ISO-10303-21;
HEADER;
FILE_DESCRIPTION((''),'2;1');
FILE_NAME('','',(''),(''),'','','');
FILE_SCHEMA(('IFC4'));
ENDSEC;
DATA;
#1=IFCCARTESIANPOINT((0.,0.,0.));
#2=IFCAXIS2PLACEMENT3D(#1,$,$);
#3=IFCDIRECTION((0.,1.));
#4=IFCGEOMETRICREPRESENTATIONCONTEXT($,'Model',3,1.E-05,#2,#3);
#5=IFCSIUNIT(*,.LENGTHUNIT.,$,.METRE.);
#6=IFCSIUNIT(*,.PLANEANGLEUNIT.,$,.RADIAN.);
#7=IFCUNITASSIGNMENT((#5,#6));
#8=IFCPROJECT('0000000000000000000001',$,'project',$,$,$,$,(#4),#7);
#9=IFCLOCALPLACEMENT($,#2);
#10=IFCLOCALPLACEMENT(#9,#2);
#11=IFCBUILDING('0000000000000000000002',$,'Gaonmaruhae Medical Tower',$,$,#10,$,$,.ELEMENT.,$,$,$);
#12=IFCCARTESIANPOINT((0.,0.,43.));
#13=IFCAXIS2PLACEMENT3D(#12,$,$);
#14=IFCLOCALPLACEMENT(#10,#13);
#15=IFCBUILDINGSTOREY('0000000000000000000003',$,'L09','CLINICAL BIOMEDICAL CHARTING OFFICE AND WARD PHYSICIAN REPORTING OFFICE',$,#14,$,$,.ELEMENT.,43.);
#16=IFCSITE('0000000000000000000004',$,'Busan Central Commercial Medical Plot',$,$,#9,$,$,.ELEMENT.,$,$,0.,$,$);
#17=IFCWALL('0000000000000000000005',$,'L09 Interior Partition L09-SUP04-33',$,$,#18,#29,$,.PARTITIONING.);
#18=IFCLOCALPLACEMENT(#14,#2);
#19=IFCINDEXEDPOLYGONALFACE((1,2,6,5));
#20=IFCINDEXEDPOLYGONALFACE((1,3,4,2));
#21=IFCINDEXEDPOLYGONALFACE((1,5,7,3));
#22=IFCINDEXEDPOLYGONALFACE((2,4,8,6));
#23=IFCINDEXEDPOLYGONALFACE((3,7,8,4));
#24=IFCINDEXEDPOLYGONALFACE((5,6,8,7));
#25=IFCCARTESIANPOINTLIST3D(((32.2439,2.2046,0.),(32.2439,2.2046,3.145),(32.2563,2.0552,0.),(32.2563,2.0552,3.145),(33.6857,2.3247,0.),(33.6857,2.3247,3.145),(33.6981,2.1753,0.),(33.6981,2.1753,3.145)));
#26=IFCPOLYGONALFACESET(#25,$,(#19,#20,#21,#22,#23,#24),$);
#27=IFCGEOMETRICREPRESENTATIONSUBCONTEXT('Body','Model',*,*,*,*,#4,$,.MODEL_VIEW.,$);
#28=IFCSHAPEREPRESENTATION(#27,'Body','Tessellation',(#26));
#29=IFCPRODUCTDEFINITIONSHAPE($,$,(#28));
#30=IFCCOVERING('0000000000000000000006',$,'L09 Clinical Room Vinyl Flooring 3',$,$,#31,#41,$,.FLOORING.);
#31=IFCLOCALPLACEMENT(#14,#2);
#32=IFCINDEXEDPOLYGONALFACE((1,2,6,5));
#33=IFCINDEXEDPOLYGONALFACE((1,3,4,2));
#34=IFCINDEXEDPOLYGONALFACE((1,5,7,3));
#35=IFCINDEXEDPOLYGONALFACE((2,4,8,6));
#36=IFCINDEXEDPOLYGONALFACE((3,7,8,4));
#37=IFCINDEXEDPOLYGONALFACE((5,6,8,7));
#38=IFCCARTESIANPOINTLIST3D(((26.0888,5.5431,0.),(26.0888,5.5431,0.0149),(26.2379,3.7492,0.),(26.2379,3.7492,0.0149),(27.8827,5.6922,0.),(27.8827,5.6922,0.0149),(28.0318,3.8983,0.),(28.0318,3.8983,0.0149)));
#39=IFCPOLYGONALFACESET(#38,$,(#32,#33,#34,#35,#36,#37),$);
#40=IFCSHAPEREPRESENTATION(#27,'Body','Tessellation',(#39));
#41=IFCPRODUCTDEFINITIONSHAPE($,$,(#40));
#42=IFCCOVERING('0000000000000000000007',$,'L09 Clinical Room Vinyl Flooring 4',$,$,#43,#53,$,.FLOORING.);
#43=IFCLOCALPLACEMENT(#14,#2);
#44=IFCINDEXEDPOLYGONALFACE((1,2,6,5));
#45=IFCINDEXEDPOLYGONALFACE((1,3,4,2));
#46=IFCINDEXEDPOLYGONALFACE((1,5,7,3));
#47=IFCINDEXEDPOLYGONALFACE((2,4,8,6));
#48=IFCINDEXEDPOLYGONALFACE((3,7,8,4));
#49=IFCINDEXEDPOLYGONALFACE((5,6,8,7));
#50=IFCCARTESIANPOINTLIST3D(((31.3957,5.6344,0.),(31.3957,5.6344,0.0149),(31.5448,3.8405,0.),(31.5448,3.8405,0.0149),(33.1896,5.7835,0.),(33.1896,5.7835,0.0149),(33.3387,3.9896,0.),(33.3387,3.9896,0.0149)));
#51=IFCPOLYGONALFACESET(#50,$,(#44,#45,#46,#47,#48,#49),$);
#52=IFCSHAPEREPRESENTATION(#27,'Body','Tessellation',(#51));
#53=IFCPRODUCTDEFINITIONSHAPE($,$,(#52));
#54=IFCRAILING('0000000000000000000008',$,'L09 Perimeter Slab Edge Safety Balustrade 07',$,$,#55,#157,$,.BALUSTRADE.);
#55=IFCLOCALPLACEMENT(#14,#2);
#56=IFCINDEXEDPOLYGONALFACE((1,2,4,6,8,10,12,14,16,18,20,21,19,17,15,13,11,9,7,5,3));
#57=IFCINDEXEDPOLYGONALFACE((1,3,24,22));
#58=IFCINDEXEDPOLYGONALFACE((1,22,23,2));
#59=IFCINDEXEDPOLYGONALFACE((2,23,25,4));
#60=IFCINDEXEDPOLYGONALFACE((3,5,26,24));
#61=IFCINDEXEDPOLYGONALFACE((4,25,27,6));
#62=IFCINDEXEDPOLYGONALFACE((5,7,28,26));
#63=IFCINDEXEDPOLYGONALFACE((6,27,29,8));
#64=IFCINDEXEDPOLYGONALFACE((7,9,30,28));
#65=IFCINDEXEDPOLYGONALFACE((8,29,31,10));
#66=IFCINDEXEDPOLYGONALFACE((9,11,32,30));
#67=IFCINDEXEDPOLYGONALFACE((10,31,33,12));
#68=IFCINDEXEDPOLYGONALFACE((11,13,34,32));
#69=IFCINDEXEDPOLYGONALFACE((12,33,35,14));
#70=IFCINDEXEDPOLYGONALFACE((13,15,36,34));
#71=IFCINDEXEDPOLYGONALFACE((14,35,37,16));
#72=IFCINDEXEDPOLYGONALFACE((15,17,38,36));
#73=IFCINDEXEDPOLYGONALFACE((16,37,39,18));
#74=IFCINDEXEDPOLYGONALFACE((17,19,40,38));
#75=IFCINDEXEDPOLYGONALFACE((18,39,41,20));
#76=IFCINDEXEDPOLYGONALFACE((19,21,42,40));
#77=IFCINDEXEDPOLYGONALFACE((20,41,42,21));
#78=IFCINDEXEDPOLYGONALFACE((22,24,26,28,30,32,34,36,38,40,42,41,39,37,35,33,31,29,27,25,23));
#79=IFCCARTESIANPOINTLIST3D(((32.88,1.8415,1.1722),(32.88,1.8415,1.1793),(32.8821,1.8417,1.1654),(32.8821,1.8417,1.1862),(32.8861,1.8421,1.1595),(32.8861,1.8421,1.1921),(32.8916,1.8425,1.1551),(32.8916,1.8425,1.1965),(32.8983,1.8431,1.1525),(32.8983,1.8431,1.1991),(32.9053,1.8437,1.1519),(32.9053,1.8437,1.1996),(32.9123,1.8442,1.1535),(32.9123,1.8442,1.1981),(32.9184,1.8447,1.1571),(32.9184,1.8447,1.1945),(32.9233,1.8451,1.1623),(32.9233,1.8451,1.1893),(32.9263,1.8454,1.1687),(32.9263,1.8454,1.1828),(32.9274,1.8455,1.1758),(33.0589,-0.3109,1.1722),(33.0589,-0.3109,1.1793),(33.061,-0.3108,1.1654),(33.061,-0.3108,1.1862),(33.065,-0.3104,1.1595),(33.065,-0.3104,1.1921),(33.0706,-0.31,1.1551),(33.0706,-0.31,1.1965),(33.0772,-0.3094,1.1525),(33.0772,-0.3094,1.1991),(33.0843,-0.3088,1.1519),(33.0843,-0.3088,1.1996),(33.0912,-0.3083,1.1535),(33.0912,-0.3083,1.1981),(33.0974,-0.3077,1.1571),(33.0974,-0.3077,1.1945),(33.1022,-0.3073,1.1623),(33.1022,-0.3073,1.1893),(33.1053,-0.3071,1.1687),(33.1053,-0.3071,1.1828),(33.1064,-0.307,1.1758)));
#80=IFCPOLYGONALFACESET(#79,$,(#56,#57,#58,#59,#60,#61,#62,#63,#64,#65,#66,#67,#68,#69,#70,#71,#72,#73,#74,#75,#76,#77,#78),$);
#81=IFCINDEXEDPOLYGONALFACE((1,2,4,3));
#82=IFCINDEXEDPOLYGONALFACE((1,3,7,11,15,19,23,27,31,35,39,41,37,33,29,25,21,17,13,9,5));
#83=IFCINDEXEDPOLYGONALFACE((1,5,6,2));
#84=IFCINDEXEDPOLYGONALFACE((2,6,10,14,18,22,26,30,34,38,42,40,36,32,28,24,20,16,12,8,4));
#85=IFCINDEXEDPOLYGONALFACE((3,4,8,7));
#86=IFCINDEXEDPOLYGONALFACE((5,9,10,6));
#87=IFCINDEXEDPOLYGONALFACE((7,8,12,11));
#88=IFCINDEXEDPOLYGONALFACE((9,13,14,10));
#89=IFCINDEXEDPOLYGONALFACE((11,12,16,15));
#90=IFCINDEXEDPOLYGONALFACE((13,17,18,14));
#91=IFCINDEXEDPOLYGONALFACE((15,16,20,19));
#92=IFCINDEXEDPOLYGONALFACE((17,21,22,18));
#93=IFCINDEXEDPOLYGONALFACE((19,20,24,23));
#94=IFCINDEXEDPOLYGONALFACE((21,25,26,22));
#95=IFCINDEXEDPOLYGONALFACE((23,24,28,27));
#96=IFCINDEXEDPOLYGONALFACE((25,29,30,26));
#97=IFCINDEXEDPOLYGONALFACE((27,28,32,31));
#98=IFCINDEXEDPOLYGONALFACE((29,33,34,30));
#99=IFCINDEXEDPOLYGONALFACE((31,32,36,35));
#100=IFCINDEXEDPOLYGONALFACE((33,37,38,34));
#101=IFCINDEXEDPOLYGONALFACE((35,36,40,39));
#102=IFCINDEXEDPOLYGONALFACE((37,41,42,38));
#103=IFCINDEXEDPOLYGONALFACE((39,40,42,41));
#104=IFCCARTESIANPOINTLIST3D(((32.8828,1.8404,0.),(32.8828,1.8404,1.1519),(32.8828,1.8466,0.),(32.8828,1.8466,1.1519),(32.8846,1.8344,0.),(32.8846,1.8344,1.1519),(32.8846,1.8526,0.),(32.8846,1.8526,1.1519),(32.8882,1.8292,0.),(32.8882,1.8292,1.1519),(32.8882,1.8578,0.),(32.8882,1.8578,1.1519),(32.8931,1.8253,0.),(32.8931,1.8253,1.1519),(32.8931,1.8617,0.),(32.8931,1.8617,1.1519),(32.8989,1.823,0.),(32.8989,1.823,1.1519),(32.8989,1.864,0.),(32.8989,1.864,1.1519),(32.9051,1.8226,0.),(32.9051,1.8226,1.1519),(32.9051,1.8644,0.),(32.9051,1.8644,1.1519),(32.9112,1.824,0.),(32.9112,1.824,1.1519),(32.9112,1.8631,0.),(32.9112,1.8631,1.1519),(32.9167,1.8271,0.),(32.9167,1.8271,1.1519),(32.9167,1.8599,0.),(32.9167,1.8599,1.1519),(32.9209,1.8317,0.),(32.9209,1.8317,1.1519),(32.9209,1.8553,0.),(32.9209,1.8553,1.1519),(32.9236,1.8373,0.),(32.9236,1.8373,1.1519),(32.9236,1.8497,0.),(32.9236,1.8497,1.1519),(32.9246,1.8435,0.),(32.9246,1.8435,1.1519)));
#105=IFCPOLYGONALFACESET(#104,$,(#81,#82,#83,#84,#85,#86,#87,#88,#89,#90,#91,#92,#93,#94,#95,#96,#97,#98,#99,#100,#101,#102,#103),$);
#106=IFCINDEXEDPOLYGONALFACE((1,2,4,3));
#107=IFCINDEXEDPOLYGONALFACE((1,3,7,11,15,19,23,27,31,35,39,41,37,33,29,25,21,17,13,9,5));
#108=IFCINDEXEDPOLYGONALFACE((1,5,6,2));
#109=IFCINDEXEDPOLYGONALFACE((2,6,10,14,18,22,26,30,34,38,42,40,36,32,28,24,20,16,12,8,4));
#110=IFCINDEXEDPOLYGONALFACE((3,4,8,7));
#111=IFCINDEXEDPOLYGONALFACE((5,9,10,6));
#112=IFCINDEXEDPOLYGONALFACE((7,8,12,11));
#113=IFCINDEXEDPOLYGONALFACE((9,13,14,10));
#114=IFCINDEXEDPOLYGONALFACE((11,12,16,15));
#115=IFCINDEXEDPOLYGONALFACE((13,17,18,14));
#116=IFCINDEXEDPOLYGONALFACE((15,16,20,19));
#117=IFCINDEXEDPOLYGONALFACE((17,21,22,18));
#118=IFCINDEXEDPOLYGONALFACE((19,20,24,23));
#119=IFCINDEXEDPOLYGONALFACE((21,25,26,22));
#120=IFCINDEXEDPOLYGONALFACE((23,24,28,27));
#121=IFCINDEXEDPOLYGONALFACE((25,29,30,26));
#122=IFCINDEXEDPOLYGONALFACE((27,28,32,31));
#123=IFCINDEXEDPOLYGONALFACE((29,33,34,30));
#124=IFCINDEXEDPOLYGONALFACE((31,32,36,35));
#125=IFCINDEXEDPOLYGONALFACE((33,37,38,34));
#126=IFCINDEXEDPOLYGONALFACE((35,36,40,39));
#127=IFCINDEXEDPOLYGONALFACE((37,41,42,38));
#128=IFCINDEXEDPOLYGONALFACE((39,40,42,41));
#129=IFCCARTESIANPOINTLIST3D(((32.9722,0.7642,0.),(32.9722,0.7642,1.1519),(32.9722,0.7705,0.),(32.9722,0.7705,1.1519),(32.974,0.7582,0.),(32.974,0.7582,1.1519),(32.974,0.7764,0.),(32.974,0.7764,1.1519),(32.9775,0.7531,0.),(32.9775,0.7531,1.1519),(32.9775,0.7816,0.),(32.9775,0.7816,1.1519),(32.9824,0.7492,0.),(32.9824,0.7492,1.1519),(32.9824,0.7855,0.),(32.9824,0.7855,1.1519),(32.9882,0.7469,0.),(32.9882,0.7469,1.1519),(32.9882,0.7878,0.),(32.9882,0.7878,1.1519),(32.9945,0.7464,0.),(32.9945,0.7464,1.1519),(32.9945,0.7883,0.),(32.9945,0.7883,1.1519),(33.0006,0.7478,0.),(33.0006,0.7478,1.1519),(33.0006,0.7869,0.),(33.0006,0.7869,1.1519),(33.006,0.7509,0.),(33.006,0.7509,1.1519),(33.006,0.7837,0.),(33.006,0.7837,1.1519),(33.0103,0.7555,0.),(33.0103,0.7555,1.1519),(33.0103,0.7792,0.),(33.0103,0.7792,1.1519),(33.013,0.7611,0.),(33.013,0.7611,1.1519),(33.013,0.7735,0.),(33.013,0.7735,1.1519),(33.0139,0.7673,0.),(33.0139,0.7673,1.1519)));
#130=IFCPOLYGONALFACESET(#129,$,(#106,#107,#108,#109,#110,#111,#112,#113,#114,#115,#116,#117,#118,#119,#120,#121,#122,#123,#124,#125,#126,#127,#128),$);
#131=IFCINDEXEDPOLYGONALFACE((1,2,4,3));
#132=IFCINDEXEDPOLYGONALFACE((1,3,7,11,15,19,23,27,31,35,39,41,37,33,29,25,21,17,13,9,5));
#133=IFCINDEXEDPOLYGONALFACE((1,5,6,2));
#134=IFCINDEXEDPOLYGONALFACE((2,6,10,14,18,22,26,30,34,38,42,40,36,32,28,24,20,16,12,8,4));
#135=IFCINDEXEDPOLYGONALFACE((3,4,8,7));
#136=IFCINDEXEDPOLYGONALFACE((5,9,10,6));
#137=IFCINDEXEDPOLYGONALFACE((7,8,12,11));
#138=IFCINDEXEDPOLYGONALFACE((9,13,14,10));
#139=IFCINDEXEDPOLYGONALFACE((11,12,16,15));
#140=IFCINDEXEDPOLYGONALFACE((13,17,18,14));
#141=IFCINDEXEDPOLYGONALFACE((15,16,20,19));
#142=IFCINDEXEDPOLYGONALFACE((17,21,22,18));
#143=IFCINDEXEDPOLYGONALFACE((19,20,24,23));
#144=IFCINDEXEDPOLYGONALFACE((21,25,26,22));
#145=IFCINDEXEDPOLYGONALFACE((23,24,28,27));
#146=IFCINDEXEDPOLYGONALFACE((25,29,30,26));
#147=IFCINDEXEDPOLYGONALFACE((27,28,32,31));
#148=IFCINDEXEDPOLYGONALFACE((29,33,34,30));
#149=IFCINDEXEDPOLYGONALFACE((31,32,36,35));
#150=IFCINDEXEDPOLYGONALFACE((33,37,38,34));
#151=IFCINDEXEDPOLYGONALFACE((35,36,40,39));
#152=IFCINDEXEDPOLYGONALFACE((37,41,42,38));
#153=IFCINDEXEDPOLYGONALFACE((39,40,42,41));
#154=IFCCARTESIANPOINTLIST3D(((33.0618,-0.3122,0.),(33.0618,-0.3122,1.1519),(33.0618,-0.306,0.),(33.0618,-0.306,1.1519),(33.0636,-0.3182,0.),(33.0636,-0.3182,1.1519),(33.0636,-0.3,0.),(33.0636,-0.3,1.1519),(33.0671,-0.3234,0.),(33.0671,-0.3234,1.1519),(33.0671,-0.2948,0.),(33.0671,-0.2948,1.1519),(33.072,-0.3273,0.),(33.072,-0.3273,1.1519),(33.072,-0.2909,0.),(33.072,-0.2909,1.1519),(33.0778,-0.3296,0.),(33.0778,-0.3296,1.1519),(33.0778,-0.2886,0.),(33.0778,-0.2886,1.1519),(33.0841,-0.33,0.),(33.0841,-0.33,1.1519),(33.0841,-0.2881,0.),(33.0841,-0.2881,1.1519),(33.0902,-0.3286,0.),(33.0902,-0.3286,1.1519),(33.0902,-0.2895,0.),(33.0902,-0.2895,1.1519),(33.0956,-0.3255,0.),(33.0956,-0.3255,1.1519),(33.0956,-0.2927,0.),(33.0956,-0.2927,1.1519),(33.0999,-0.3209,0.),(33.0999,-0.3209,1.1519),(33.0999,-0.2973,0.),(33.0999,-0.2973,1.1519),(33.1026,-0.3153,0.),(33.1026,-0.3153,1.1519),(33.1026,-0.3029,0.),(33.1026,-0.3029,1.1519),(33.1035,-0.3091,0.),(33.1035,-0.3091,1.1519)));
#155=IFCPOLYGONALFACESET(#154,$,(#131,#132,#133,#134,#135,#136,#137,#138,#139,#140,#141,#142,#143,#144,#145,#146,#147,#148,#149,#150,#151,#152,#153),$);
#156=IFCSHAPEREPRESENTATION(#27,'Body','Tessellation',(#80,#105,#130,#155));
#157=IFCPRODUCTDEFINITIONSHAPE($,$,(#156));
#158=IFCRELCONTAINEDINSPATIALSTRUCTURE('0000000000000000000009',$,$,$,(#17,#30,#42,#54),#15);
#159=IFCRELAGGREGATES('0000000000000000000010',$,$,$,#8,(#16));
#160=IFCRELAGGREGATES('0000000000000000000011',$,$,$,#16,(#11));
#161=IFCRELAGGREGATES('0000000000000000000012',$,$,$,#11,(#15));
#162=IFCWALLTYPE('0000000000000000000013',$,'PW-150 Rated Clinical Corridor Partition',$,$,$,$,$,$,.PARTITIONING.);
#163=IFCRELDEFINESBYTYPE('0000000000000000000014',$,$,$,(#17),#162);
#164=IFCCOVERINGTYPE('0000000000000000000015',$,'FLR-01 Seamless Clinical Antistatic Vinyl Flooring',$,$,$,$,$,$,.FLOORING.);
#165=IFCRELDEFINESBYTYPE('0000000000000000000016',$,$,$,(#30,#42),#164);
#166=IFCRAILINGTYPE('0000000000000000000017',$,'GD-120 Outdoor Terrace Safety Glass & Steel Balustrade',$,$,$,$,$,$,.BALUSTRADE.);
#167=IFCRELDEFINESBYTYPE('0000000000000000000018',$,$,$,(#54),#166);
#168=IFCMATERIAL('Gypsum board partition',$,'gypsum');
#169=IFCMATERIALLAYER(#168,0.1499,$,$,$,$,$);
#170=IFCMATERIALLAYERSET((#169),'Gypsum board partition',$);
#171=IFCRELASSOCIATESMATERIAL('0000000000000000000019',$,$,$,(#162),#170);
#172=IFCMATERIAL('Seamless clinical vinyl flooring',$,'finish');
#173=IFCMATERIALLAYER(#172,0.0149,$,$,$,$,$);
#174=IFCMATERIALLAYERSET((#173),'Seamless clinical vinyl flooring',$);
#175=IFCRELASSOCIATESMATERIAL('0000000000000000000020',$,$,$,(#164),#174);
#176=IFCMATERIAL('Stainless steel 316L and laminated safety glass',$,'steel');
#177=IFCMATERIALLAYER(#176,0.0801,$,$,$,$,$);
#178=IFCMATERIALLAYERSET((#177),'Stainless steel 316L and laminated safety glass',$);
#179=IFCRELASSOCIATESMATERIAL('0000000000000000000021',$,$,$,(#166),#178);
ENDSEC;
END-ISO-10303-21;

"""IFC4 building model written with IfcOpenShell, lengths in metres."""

from ifc_helpers import new_model, si_unit, direction, frame, frame_2d, origin, origin_2d, place, context, subcontext, project, spatial, rectangle, circle, extrude, material, layer, layer_set, type_object, element, save


model = new_model("IFC4")

# Units and contexts
model_context = context("Model", 3, precision=1e-05, world=origin(), true_north=direction((0.0, 1.0)))
body_context = subcontext(model_context, "Body", "Model", "MODEL_VIEW")
ifc_project = project(units=[si_unit("LENGTHUNIT", "METRE"), si_unit("PLANEANGLEUNIT", "RADIAN")], contexts=[model_context])

# Site, building, storey
site_placement = place(None, origin())
site = spatial("IfcSite", under=ifc_project, at=site_placement, Name="Busan Central Commercial Medical Plot", CompositionType="ELEMENT", RefElevation=0.0)
building_placement = place(site_placement, origin())
building = spatial("IfcBuilding", under=site, at=building_placement, Name="Gaonmaruhae Medical Tower", CompositionType="ELEMENT")
storey_placement = place(building_placement, frame((0.0, 0.0, 43.0)))
storey = spatial("IfcBuildingStorey", under=building, at=storey_placement, Name="L09", Description="CLINICAL BIOMEDICAL CHARTING OFFICE AND WARD PHYSICIAN REPORTING OFFICE", CompositionType="ELEMENT", Elevation=43.0)

# Shared definitions
ifc_material_1 = material(Name="Gypsum board partition", Category="gypsum")
ifc_layer_1 = layer(ifc_material_1, 0.1499)
ifc_layer_set_1 = layer_set([ifc_layer_1], Name="Gypsum board partition")
wall_type_1 = type_object("IfcWallType", Name="PW-150 Rated Clinical Corridor Partition", PredefinedType="PARTITIONING", material=ifc_layer_set_1)

# Wall
wall_1_placement = place(storey_placement, frame((33.6919, 2.25, 0.0), z_axis=(0.0, 0.0, 1.0), x_axis=(-0.996548, -0.083018, 0.0)))
element("IfcWall", 1, at=wall_1_placement, inside=storey, type_object=wall_type_1, Name="L09 Interior Partition L09-SUP04-33", PredefinedType="PARTITIONING", context=body_context, shape_type="SweptSolid", body=[
    extrude(rectangle(XDim=1.4468, YDim=0.1499, at=frame_2d((0.7234, 0.0))), origin(), (0.0, 0.0, 1.0), 3.145),
])

# Coverings
ifc_material_2 = material(Name="Seamless clinical vinyl flooring", Category="finish")
ifc_layer_2 = layer(ifc_material_2, 0.0149)
ifc_layer_set_2 = layer_set([ifc_layer_2], Name="Seamless clinical vinyl flooring")
covering_type = type_object("IfcCoveringType", Name="FLR-01 Seamless Clinical Antistatic Vinyl Flooring", PredefinedType="FLOORING", material=ifc_layer_set_2)
for number, where, z_axis, x_axis, name in (
    (2, (27.0603, 4.7207, 0.0), (0.0, 0.0, 1.0), (0.996566, 0.082808, 0.0), "L09 Clinical Room Vinyl Flooring 3"),
    (3, (32.3672, 4.812, 0.0), (0.0, 0.0, 1.0), (0.996566, 0.082808, 0.0), "L09 Clinical Room Vinyl Flooring 4"),
):
    element("IfcCovering", number, at=place(storey_placement, frame(where, z_axis=z_axis, x_axis=x_axis)), inside=storey, type_object=covering_type, Name=name, PredefinedType="FLOORING", context=body_context, shape_type="SweptSolid", body=[
        extrude(rectangle(XDim=1.8, YDim=1.8, at=origin_2d()), origin(), (0.0, 0.0, 1.0), 0.0149),
    ])

# Railing
ifc_material_3 = material(Name="Stainless steel 316L and laminated safety glass", Category="steel")
ifc_layer_3 = layer(ifc_material_3, 0.0801)
ifc_layer_set_3 = layer_set([ifc_layer_3], Name="Stainless steel 316L and laminated safety glass")
railing_type = type_object("IfcRailingType", Name="GD-120 Outdoor Terrace Safety Glass & Steel Balustrade", PredefinedType="BALUSTRADE", material=ifc_layer_set_3)
railing_1_placement = place(storey_placement, frame((32.9036, 1.8435, 0.0)))
element("IfcRailing", 4, at=railing_1_placement, inside=storey, type_object=railing_type, Name="L09 Perimeter Slab Edge Safety Balustrade 07", PredefinedType="BALUSTRADE", context=body_context, shape_type="SweptSolid", body=[
    extrude(circle(Radius=0.0239, at=origin_2d()), frame((0.0, 0.0, 1.1758), z_axis=(0.082849, -0.996562, 0.0), x_axis=(0.996562, 0.082849, 0.0)), (0.0, 0.0, 1.0), 2.1599),
    extrude(circle(Radius=0.021, at=origin_2d()), origin(), (0.0, 0.0, 1.0), 1.1519),
    extrude(circle(Radius=0.021, at=origin_2d()), frame((0.0894, -1.0762, 0.0)), (0.0, 0.0, 1.0), 1.1519),
    extrude(circle(Radius=0.021, at=origin_2d()), frame((0.179, -2.1526, 0.0)), (0.0, 0.0, 1.0), 1.1519),
])

save(model, "model.ifc")
